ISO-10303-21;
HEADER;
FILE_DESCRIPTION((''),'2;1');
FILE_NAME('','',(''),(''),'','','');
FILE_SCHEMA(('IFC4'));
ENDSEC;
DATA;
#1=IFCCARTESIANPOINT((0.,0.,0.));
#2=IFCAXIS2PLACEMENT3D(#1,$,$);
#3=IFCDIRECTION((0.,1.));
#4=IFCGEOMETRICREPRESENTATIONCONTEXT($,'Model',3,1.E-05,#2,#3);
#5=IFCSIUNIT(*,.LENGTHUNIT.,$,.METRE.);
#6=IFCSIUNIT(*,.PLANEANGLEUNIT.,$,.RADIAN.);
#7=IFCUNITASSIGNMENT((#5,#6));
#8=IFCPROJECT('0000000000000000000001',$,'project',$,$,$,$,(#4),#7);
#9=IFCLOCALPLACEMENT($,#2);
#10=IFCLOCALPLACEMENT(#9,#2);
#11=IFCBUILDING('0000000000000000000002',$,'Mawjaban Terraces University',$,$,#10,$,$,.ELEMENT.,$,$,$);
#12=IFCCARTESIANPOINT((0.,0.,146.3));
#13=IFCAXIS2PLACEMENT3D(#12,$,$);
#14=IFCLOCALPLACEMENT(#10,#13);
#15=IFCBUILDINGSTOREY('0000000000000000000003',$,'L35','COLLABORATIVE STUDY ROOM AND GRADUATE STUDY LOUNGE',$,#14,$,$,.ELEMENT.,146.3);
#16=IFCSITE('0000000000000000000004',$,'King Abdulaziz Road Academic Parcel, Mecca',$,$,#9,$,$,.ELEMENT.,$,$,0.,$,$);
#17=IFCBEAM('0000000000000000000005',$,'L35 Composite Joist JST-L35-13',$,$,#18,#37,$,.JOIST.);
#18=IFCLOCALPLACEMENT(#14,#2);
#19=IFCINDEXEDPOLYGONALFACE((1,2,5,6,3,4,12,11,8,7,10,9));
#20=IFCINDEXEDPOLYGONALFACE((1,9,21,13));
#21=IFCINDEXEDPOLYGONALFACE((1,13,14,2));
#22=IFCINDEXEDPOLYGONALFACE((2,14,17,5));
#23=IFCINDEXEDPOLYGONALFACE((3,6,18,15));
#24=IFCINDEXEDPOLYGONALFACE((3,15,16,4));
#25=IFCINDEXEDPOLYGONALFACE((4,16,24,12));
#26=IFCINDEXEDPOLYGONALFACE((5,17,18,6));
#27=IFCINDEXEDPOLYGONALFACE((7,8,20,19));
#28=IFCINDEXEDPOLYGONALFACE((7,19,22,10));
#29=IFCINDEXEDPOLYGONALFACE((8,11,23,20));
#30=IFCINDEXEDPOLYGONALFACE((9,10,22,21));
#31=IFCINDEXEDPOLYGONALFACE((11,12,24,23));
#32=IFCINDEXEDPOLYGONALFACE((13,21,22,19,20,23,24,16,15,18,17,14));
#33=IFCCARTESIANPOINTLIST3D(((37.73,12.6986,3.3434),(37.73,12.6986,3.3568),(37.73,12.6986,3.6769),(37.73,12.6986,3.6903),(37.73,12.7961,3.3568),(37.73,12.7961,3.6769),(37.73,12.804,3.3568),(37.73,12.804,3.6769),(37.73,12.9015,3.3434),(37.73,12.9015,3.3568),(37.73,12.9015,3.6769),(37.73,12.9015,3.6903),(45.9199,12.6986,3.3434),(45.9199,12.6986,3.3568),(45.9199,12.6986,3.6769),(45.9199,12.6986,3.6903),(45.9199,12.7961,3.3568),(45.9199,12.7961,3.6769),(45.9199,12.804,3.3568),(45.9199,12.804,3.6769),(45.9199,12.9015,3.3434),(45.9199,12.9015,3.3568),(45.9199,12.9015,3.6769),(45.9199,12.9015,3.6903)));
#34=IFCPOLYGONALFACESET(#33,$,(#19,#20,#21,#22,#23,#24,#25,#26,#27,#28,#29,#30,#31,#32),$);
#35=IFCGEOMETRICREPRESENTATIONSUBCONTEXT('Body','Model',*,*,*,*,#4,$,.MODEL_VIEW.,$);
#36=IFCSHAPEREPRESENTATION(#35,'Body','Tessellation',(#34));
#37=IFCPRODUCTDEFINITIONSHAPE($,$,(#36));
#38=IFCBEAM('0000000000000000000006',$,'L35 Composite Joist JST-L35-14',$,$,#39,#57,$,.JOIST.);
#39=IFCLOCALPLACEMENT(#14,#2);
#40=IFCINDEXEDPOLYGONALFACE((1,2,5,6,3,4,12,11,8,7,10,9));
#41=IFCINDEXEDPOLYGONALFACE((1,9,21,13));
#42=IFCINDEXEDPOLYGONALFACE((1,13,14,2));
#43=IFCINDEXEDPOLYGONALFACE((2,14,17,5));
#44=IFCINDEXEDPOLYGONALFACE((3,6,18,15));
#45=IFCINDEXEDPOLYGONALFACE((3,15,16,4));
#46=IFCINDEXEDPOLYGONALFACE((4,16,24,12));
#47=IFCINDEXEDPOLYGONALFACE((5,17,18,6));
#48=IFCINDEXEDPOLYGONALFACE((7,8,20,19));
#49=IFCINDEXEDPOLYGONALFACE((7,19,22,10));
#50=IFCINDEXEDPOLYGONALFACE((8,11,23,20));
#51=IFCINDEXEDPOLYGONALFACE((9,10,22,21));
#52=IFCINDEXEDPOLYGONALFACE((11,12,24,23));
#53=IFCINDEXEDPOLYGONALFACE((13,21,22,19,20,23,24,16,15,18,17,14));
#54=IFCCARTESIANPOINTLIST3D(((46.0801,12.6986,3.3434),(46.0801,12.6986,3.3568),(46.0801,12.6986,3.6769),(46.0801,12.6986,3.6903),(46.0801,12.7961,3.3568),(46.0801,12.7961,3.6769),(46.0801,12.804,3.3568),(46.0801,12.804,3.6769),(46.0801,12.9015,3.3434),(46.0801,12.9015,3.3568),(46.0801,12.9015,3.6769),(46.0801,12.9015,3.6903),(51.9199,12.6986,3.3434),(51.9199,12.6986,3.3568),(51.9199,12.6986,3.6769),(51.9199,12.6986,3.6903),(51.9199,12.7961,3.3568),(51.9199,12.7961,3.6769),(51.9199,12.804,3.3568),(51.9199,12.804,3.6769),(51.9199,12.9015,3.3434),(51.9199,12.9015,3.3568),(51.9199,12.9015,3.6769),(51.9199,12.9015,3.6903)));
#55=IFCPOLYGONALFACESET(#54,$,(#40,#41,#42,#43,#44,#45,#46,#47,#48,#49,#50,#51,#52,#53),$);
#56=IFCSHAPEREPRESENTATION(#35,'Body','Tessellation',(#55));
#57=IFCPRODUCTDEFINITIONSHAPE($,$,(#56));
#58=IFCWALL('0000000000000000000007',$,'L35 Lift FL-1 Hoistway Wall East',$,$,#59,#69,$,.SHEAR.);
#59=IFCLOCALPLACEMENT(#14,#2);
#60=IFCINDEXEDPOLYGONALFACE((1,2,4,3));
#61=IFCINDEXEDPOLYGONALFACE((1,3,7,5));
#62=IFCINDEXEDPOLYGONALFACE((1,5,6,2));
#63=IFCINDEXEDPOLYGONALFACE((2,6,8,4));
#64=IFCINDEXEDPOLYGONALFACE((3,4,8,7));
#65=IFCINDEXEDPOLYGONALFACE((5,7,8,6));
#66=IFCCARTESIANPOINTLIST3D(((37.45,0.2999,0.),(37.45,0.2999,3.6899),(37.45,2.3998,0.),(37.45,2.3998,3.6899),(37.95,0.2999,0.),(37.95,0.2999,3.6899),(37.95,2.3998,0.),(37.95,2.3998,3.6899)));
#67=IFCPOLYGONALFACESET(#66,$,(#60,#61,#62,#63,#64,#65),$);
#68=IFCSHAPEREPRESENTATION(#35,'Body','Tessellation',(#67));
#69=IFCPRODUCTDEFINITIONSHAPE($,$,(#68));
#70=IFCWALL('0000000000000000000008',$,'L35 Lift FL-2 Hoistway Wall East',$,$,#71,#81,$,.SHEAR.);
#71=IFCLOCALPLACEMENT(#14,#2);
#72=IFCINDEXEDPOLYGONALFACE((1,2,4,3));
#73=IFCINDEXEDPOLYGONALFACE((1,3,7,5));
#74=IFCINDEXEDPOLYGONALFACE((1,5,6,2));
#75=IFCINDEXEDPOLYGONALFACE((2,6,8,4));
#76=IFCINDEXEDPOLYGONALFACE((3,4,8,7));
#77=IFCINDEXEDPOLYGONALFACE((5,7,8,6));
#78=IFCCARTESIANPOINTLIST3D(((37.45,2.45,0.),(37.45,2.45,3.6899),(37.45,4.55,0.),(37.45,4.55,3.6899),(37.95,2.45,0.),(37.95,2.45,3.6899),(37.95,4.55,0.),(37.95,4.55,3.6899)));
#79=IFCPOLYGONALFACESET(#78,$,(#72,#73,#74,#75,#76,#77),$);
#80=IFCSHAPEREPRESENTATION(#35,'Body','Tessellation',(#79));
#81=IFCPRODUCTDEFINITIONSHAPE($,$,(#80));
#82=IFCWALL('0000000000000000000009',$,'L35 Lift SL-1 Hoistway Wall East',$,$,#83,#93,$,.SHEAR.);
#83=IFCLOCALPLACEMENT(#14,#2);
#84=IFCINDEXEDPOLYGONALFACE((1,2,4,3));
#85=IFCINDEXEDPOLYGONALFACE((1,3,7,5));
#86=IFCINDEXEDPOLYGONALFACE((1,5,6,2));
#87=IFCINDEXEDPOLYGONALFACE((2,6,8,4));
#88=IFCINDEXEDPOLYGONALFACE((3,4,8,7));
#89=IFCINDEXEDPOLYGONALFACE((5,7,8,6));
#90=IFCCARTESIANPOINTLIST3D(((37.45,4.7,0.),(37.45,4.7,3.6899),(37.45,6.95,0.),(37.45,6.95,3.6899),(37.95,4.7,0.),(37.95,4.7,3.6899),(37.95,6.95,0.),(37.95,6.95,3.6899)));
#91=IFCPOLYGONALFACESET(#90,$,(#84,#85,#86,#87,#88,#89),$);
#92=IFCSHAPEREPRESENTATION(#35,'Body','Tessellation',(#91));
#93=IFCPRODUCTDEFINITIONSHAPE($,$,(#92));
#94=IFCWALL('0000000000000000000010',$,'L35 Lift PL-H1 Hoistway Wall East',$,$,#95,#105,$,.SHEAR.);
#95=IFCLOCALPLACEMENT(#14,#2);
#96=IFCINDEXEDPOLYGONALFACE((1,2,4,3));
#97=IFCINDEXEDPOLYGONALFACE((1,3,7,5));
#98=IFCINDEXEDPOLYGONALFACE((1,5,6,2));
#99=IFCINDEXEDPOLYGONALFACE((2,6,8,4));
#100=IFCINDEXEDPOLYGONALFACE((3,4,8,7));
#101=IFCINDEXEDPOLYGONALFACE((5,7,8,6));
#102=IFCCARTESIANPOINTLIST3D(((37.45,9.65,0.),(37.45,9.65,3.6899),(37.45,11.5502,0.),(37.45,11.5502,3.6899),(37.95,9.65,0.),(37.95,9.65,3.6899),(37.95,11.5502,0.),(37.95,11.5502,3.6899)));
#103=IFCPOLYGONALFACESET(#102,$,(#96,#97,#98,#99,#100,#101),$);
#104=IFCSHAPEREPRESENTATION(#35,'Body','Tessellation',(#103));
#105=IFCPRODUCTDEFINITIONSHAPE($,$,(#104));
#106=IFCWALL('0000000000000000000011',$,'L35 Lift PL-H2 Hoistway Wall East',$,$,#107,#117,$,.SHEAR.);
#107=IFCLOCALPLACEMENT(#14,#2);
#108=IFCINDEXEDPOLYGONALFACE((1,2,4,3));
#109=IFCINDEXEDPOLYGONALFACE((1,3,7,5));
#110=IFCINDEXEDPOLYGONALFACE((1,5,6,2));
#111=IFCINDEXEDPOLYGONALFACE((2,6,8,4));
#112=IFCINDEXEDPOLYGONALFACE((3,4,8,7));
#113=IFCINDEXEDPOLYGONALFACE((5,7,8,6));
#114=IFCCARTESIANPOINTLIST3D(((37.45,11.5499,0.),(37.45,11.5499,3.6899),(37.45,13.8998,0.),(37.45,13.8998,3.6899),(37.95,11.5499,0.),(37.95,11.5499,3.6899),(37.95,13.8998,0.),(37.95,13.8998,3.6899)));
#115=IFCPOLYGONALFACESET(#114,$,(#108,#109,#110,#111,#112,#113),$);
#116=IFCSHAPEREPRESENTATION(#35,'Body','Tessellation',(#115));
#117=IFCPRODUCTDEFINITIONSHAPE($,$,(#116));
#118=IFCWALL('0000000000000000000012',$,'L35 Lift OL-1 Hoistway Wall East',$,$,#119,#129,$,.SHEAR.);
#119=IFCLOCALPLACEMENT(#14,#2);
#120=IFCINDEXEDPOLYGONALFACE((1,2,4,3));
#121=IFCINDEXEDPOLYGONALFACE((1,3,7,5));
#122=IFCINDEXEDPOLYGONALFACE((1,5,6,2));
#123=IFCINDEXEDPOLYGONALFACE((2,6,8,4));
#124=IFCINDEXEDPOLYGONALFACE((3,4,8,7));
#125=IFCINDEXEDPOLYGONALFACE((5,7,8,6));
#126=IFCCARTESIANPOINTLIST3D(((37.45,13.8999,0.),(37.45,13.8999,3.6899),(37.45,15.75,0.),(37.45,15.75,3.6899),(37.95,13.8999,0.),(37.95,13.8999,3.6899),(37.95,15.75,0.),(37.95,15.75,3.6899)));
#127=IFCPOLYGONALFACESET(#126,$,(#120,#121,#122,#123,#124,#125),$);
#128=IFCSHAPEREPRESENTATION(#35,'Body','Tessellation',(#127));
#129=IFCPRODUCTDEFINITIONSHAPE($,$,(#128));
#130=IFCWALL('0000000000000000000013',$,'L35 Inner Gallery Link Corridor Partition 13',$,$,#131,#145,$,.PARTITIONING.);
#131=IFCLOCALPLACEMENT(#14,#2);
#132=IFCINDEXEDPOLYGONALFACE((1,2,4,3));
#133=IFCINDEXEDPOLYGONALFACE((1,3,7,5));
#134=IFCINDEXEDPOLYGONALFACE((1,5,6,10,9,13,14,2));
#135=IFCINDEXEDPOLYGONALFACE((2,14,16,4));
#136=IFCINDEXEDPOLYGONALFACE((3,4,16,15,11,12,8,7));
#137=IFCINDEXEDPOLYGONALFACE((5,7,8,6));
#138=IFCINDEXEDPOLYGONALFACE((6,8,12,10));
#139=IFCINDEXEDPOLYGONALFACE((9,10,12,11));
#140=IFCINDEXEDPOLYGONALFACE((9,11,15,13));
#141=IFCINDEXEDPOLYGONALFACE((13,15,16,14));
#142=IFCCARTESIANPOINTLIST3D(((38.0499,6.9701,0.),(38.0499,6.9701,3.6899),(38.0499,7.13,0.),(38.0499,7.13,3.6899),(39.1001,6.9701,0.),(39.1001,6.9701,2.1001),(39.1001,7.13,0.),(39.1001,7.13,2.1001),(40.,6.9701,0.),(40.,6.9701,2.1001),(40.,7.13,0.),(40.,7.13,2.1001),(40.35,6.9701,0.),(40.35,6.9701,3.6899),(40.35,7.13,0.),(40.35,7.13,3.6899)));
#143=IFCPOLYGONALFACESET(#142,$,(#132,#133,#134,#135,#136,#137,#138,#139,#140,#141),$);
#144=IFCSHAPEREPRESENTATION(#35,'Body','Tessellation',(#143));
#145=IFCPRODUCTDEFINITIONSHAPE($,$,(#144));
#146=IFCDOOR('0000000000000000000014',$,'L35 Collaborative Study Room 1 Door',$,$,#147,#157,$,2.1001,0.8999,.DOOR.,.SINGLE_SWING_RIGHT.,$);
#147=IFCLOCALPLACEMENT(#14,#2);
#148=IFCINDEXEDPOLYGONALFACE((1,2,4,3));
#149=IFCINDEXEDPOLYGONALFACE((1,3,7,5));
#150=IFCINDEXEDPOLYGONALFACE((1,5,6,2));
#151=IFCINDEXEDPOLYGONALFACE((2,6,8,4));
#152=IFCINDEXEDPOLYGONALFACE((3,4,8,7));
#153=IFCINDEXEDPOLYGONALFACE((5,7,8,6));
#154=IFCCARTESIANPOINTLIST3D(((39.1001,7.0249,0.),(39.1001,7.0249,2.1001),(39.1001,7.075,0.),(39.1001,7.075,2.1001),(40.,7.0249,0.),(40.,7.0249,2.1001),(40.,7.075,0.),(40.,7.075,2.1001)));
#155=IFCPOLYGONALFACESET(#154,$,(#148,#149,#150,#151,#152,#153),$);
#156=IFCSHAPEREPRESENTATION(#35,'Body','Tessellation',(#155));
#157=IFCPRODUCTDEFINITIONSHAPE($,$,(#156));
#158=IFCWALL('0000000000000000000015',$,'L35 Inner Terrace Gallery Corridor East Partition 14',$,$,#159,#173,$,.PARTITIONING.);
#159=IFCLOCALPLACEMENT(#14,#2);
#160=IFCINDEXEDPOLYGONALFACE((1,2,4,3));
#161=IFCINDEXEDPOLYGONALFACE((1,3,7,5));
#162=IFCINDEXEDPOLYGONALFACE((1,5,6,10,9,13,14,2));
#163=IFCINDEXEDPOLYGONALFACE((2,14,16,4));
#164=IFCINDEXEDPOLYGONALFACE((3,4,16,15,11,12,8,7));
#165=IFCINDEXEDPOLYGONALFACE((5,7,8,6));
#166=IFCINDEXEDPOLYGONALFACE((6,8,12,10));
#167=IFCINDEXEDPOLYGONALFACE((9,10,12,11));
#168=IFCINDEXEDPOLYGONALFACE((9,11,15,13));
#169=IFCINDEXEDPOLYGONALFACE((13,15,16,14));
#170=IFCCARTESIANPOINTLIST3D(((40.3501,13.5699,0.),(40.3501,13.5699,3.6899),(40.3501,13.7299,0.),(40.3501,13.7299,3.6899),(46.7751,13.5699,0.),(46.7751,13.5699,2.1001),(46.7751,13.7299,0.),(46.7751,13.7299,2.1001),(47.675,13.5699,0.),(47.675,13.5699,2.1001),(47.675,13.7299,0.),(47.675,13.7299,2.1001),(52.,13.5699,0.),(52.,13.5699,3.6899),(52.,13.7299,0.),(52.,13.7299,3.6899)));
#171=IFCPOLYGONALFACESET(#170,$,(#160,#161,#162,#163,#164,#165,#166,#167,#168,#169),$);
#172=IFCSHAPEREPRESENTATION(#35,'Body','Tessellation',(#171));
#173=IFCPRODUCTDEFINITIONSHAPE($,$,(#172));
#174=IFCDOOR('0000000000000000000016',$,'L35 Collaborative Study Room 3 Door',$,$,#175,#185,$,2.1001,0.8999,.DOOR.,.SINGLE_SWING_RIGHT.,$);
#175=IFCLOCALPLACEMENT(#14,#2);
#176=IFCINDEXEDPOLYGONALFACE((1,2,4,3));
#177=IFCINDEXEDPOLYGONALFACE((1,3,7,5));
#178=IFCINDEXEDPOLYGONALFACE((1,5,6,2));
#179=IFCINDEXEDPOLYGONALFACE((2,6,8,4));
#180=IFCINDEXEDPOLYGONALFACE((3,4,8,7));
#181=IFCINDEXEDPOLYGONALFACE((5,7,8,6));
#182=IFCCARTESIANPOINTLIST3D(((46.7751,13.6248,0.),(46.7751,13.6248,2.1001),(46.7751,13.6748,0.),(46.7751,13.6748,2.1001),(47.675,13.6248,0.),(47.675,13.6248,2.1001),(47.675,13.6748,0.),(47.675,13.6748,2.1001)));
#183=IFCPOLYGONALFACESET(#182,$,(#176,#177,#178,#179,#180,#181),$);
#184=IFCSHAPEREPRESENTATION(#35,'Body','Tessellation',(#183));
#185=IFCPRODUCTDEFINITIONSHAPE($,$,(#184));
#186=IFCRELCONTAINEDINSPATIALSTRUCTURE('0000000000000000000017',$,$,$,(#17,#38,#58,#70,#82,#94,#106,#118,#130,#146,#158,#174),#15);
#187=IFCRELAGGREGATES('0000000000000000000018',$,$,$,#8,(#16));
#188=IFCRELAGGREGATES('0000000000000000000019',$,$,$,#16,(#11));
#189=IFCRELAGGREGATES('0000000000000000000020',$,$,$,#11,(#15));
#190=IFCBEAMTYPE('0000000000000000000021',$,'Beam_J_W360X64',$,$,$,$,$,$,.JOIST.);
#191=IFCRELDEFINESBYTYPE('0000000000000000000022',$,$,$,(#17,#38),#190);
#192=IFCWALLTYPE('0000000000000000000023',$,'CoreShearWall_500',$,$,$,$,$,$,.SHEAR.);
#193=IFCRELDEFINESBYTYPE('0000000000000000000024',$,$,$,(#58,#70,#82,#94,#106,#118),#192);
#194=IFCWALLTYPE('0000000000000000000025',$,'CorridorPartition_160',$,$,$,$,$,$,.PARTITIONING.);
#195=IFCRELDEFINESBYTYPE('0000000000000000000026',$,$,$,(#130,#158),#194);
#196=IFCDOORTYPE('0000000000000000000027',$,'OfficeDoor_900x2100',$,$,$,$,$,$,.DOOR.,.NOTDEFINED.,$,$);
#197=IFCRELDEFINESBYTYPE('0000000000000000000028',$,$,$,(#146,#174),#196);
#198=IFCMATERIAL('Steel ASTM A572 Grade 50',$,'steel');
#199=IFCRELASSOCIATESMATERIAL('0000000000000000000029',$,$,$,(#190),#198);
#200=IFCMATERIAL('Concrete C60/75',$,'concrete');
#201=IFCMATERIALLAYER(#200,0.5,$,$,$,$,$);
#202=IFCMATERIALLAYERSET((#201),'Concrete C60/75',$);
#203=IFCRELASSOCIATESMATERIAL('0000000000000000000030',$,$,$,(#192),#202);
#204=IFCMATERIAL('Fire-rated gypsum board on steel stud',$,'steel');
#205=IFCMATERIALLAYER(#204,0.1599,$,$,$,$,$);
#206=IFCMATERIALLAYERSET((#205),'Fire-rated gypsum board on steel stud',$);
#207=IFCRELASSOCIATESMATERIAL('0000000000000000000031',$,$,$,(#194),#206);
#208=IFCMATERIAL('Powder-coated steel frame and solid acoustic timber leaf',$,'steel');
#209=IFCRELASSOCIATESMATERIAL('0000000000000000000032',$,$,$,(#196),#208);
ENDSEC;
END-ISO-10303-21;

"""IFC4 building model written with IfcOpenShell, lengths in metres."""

from ifc_helpers import new_model, si_unit, direction, frame, frame_2d, origin, origin_2d, place, context, subcontext, project, spatial, rectangle, i_section, extrude, material, layer, layer_set, material_profile, profile_set, type_object, element, fill, save


model = new_model("IFC4")

# Units and contexts
model_context = context("Model", 3, precision=1e-05, world=origin(), true_north=direction((0.0, 1.0)))
body_context = subcontext(model_context, "Body", "Model", "MODEL_VIEW")
ifc_project = project(units=[si_unit("LENGTHUNIT", "METRE"), si_unit("PLANEANGLEUNIT", "RADIAN")], contexts=[model_context])

# Site, building, storey
site_placement = place(None, origin())
site = spatial("IfcSite", under=ifc_project, at=site_placement, Name="King Abdulaziz Road Academic Parcel, Mecca", CompositionType="ELEMENT", RefElevation=0.0)
building_placement = place(site_placement, origin())
building = spatial("IfcBuilding", under=site, at=building_placement, Name="Mawjaban Terraces University", CompositionType="ELEMENT")
storey_placement = place(building_placement, frame((0.0, 0.0, 146.3)))
storey = spatial("IfcBuildingStorey", under=building, at=storey_placement, Name="L35", Description="COLLABORATIVE STUDY ROOM AND GRADUATE STUDY LOUNGE", CompositionType="ELEMENT", Elevation=146.3)

# Shared definitions
ifc_material_1 = material(Name="Concrete C60/75", Category="concrete")

# Beams
ifc_material_2 = material(Name="Steel ASTM A572 Grade 50", Category="steel")
ifc_material_profile_1 = material_profile(ifc_material_2, i_section(OverallWidth=0.2029, OverallDepth=0.3469, WebThickness=0.0078, FlangeThickness=0.0134, at=origin_2d()), Name="W360X64")
ifc_profile_set_1 = profile_set([ifc_material_profile_1], Name="Steel ASTM A572 Grade 50")
beam_type_1 = type_object("IfcBeamType", Name="Beam_J_W360X64", PredefinedType="JOIST", material=ifc_profile_set_1)
beam_1_placement = place(storey_placement, frame((37.73, 12.8, 3.5168), z_axis=(1.0, 0.0, 0.0), x_axis=(0.0, 1.0, 0.0)))
element("IfcBeam", 1, at=beam_1_placement, inside=storey, type_object=beam_type_1, Name="L35 Composite Joist JST-L35-13", PredefinedType="JOIST", context=body_context, shape_type="SweptSolid", body=[
    extrude(i_section(OverallWidth=0.2029, OverallDepth=0.3469, WebThickness=0.0078, FlangeThickness=0.0134, at=origin_2d()), origin(), (0.0, 0.0, 1.0), 8.1899),
])
beam_2_placement = place(storey_placement, frame((46.0801, 12.8, 3.5168), z_axis=(1.0, 0.0, 0.0), x_axis=(0.0, 1.0, 0.0)))
element("IfcBeam", 2, at=beam_2_placement, inside=storey, type_object=beam_type_1, Name="L35 Composite Joist JST-L35-14", PredefinedType="JOIST", context=body_context, shape_type="SweptSolid", body=[
    extrude(i_section(OverallWidth=0.2029, OverallDepth=0.3469, WebThickness=0.0078, FlangeThickness=0.0134, at=origin_2d()), origin(), (0.0, 0.0, 1.0), 5.8398),
])

# Walls
ifc_layer_1 = layer(ifc_material_1, 0.5)
ifc_layer_set_1 = layer_set([ifc_layer_1], Name="Concrete C60/75")
wall_type_1 = type_object("IfcWallType", Name="CoreShearWall_500", PredefinedType="SHEAR", material=ifc_layer_set_1)
wall_1_placement = place(storey_placement, frame((37.7, 0.3, 0.0), z_axis=(0.0, 0.0, 1.0), x_axis=(0.0, 1.0, 0.0)))
element("IfcWall", 3, at=wall_1_placement, inside=storey, type_object=wall_type_1, Name="L35 Lift FL-1 Hoistway Wall East", PredefinedType="SHEAR", context=body_context, shape_type="SweptSolid", body=[
    extrude(rectangle(XDim=2.0999, YDim=0.5, at=frame_2d((1.0498, 0.0))), origin(), (0.0, 0.0, 1.0), 3.6899),
])
wall_2_placement = place(storey_placement, frame((37.7, 2.45, 0.0), z_axis=(0.0, 0.0, 1.0), x_axis=(0.0, 1.0, 0.0)))
element("IfcWall", 4, at=wall_2_placement, inside=storey, type_object=wall_type_1, Name="L35 Lift FL-2 Hoistway Wall East", PredefinedType="SHEAR", context=body_context, shape_type="SweptSolid", body=[
    extrude(rectangle(XDim=2.1001, YDim=0.5, at=frame_2d((1.05, 0.0))), origin(), (0.0, 0.0, 1.0), 3.6899),
])
wall_3_placement = place(storey_placement, frame((37.7, 4.7, 0.0), z_axis=(0.0, 0.0, 1.0), x_axis=(0.0, 1.0, 0.0)))
element("IfcWall", 5, at=wall_3_placement, inside=storey, type_object=wall_type_1, Name="L35 Lift SL-1 Hoistway Wall East", PredefinedType="SHEAR", context=body_context, shape_type="SweptSolid", body=[
    extrude(rectangle(XDim=2.25, YDim=0.5, at=frame_2d((1.125, 0.0))), origin(), (0.0, 0.0, 1.0), 3.6899),
])
wall_4_placement = place(storey_placement, frame((37.7, 9.6499, 0.0), z_axis=(0.0, 0.0, 1.0), x_axis=(0.0, 1.0, 0.0)))
element("IfcWall", 6, at=wall_4_placement, inside=storey, type_object=wall_type_1, Name="L35 Lift PL-H1 Hoistway Wall East", PredefinedType="SHEAR", context=body_context, shape_type="SweptSolid", body=[
    extrude(rectangle(XDim=1.9001, YDim=0.5, at=frame_2d((0.9502, 0.0))), origin(), (0.0, 0.0, 1.0), 3.6899),
])
wall_5_placement = place(storey_placement, frame((37.7, 11.55, 0.0), z_axis=(0.0, 0.0, 1.0), x_axis=(0.0, 1.0, 0.0)))
element("IfcWall", 7, at=wall_5_placement, inside=storey, type_object=wall_type_1, Name="L35 Lift PL-H2 Hoistway Wall East", PredefinedType="SHEAR", context=body_context, shape_type="SweptSolid", body=[
    extrude(rectangle(XDim=2.3499, YDim=0.5, at=frame_2d((1.1748, 0.0))), origin(), (0.0, 0.0, 1.0), 3.6899),
])
wall_6_placement = place(storey_placement, frame((37.7, 13.8999, 0.0), z_axis=(0.0, 0.0, 1.0), x_axis=(0.0, 1.0, 0.0)))
element("IfcWall", 8, at=wall_6_placement, inside=storey, type_object=wall_type_1, Name="L35 Lift OL-1 Hoistway Wall East", PredefinedType="SHEAR", context=body_context, shape_type="SweptSolid", body=[
    extrude(rectangle(XDim=1.8501, YDim=0.5, at=frame_2d((0.925, 0.0))), origin(), (0.0, 0.0, 1.0), 3.6899),
])

# Walls, openings, doors
ifc_material_3 = material(Name="Fire-rated gypsum board on steel stud", Category="steel")
ifc_layer_2 = layer(ifc_material_3, 0.1599)
ifc_layer_set_2 = layer_set([ifc_layer_2], Name="Fire-rated gypsum board on steel stud")
wall_type_2 = type_object("IfcWallType", Name="CorridorPartition_160", PredefinedType="PARTITIONING", material=ifc_layer_set_2)
wall_7_placement = place(storey_placement, frame((38.05, 7.05, 0.0), z_axis=(0.0, 0.0, 1.0), x_axis=(1.0, 0.0, 0.0)))
wall_7 = element("IfcWall", 9, at=wall_7_placement, inside=storey, type_object=wall_type_2, Name="L35 Inner Gallery Link Corridor Partition 13", PredefinedType="PARTITIONING", context=body_context, shape_type="SweptSolid", body=[
    extrude(rectangle(XDim=2.3, YDim=0.1599, at=frame_2d((1.1499, 0.0))), origin(), (0.0, 0.0, 1.0), 3.6899),
])
opening_1_placement = place(wall_7_placement, frame((1.05, 0.0, 0.0)))
opening_1 = element("IfcOpeningElement", 10, at=opening_1_placement, cuts=wall_7, PredefinedType="OPENING", context=body_context, shape_type="SweptSolid", body=[
    extrude(rectangle(XDim=0.8999, YDim=2.1001, at=frame_2d((0.45, 1.05))), frame((0.0, 0.0898, 0.0), z_axis=(0.0, -1.0, 0.0), x_axis=(1.0, 0.0, 0.0)), (0.0, 0.0, 1.0), 0.1799),
])
ifc_material_4 = material(Name="Powder-coated steel frame and solid acoustic timber leaf", Category="steel")
door_type = type_object("IfcDoorType", Name="OfficeDoor_900x2100", OperationType="NOTDEFINED", PredefinedType="DOOR", material=ifc_material_4)
door_1_placement = place(opening_1_placement, origin())
door_1 = element("IfcDoor", 11, at=door_1_placement, inside=storey, type_object=door_type, Name="L35 Collaborative Study Room 1 Door", OperationType="SINGLE_SWING_RIGHT", OverallHeight=2.1001, OverallWidth=0.8999, PredefinedType="DOOR", context=body_context, shape_type="SweptSolid", body=[
    extrude(rectangle(XDim=0.8999, YDim=2.1001, at=frame_2d((0.45, 1.05))), frame((0.0, 0.0249, 0.0), z_axis=(0.0, -1.0, 0.0), x_axis=(1.0, 0.0, 0.0)), (0.0, 0.0, 1.0), 0.05),
])
fill(opening_1, door_1)
wall_8_placement = place(storey_placement, frame((40.3501, 13.6499, 0.0), z_axis=(0.0, 0.0, 1.0), x_axis=(1.0, 0.0, 0.0)))
wall_8 = element("IfcWall", 12, at=wall_8_placement, inside=storey, type_object=wall_type_2, Name="L35 Inner Terrace Gallery Corridor East Partition 14", PredefinedType="PARTITIONING", context=body_context, shape_type="SweptSolid", body=[
    extrude(rectangle(XDim=11.6499, YDim=0.1599, at=frame_2d((5.825, 0.0))), origin(), (0.0, 0.0, 1.0), 3.6899),
])
opening_2_placement = place(wall_8_placement, frame((6.425, 0.0, 0.0)))
opening_2 = element("IfcOpeningElement", 13, at=opening_2_placement, cuts=wall_8, PredefinedType="OPENING", context=body_context, shape_type="SweptSolid", body=[
    extrude(rectangle(XDim=0.8999, YDim=2.1001, at=frame_2d((0.45, 1.05))), frame((0.0, 0.0898, 0.0), z_axis=(0.0, -1.0, 0.0), x_axis=(1.0, 0.0, 0.0)), (0.0, 0.0, 1.0), 0.1799),
])
door_2_placement = place(opening_2_placement, origin())
door_2 = element("IfcDoor", 14, at=door_2_placement, inside=storey, type_object=door_type, Name="L35 Collaborative Study Room 3 Door", OperationType="SINGLE_SWING_RIGHT", OverallHeight=2.1001, OverallWidth=0.8999, PredefinedType="DOOR", context=body_context, shape_type="SweptSolid", body=[
    extrude(rectangle(XDim=0.8999, YDim=2.1001, at=frame_2d((0.45, 1.05))), frame((0.0, 0.0249, 0.0), z_axis=(0.0, -1.0, 0.0), x_axis=(1.0, 0.0, 0.0)), (0.0, 0.0, 1.0), 0.05),
])
fill(opening_2, door_2)

save(model, "model.ifc")
